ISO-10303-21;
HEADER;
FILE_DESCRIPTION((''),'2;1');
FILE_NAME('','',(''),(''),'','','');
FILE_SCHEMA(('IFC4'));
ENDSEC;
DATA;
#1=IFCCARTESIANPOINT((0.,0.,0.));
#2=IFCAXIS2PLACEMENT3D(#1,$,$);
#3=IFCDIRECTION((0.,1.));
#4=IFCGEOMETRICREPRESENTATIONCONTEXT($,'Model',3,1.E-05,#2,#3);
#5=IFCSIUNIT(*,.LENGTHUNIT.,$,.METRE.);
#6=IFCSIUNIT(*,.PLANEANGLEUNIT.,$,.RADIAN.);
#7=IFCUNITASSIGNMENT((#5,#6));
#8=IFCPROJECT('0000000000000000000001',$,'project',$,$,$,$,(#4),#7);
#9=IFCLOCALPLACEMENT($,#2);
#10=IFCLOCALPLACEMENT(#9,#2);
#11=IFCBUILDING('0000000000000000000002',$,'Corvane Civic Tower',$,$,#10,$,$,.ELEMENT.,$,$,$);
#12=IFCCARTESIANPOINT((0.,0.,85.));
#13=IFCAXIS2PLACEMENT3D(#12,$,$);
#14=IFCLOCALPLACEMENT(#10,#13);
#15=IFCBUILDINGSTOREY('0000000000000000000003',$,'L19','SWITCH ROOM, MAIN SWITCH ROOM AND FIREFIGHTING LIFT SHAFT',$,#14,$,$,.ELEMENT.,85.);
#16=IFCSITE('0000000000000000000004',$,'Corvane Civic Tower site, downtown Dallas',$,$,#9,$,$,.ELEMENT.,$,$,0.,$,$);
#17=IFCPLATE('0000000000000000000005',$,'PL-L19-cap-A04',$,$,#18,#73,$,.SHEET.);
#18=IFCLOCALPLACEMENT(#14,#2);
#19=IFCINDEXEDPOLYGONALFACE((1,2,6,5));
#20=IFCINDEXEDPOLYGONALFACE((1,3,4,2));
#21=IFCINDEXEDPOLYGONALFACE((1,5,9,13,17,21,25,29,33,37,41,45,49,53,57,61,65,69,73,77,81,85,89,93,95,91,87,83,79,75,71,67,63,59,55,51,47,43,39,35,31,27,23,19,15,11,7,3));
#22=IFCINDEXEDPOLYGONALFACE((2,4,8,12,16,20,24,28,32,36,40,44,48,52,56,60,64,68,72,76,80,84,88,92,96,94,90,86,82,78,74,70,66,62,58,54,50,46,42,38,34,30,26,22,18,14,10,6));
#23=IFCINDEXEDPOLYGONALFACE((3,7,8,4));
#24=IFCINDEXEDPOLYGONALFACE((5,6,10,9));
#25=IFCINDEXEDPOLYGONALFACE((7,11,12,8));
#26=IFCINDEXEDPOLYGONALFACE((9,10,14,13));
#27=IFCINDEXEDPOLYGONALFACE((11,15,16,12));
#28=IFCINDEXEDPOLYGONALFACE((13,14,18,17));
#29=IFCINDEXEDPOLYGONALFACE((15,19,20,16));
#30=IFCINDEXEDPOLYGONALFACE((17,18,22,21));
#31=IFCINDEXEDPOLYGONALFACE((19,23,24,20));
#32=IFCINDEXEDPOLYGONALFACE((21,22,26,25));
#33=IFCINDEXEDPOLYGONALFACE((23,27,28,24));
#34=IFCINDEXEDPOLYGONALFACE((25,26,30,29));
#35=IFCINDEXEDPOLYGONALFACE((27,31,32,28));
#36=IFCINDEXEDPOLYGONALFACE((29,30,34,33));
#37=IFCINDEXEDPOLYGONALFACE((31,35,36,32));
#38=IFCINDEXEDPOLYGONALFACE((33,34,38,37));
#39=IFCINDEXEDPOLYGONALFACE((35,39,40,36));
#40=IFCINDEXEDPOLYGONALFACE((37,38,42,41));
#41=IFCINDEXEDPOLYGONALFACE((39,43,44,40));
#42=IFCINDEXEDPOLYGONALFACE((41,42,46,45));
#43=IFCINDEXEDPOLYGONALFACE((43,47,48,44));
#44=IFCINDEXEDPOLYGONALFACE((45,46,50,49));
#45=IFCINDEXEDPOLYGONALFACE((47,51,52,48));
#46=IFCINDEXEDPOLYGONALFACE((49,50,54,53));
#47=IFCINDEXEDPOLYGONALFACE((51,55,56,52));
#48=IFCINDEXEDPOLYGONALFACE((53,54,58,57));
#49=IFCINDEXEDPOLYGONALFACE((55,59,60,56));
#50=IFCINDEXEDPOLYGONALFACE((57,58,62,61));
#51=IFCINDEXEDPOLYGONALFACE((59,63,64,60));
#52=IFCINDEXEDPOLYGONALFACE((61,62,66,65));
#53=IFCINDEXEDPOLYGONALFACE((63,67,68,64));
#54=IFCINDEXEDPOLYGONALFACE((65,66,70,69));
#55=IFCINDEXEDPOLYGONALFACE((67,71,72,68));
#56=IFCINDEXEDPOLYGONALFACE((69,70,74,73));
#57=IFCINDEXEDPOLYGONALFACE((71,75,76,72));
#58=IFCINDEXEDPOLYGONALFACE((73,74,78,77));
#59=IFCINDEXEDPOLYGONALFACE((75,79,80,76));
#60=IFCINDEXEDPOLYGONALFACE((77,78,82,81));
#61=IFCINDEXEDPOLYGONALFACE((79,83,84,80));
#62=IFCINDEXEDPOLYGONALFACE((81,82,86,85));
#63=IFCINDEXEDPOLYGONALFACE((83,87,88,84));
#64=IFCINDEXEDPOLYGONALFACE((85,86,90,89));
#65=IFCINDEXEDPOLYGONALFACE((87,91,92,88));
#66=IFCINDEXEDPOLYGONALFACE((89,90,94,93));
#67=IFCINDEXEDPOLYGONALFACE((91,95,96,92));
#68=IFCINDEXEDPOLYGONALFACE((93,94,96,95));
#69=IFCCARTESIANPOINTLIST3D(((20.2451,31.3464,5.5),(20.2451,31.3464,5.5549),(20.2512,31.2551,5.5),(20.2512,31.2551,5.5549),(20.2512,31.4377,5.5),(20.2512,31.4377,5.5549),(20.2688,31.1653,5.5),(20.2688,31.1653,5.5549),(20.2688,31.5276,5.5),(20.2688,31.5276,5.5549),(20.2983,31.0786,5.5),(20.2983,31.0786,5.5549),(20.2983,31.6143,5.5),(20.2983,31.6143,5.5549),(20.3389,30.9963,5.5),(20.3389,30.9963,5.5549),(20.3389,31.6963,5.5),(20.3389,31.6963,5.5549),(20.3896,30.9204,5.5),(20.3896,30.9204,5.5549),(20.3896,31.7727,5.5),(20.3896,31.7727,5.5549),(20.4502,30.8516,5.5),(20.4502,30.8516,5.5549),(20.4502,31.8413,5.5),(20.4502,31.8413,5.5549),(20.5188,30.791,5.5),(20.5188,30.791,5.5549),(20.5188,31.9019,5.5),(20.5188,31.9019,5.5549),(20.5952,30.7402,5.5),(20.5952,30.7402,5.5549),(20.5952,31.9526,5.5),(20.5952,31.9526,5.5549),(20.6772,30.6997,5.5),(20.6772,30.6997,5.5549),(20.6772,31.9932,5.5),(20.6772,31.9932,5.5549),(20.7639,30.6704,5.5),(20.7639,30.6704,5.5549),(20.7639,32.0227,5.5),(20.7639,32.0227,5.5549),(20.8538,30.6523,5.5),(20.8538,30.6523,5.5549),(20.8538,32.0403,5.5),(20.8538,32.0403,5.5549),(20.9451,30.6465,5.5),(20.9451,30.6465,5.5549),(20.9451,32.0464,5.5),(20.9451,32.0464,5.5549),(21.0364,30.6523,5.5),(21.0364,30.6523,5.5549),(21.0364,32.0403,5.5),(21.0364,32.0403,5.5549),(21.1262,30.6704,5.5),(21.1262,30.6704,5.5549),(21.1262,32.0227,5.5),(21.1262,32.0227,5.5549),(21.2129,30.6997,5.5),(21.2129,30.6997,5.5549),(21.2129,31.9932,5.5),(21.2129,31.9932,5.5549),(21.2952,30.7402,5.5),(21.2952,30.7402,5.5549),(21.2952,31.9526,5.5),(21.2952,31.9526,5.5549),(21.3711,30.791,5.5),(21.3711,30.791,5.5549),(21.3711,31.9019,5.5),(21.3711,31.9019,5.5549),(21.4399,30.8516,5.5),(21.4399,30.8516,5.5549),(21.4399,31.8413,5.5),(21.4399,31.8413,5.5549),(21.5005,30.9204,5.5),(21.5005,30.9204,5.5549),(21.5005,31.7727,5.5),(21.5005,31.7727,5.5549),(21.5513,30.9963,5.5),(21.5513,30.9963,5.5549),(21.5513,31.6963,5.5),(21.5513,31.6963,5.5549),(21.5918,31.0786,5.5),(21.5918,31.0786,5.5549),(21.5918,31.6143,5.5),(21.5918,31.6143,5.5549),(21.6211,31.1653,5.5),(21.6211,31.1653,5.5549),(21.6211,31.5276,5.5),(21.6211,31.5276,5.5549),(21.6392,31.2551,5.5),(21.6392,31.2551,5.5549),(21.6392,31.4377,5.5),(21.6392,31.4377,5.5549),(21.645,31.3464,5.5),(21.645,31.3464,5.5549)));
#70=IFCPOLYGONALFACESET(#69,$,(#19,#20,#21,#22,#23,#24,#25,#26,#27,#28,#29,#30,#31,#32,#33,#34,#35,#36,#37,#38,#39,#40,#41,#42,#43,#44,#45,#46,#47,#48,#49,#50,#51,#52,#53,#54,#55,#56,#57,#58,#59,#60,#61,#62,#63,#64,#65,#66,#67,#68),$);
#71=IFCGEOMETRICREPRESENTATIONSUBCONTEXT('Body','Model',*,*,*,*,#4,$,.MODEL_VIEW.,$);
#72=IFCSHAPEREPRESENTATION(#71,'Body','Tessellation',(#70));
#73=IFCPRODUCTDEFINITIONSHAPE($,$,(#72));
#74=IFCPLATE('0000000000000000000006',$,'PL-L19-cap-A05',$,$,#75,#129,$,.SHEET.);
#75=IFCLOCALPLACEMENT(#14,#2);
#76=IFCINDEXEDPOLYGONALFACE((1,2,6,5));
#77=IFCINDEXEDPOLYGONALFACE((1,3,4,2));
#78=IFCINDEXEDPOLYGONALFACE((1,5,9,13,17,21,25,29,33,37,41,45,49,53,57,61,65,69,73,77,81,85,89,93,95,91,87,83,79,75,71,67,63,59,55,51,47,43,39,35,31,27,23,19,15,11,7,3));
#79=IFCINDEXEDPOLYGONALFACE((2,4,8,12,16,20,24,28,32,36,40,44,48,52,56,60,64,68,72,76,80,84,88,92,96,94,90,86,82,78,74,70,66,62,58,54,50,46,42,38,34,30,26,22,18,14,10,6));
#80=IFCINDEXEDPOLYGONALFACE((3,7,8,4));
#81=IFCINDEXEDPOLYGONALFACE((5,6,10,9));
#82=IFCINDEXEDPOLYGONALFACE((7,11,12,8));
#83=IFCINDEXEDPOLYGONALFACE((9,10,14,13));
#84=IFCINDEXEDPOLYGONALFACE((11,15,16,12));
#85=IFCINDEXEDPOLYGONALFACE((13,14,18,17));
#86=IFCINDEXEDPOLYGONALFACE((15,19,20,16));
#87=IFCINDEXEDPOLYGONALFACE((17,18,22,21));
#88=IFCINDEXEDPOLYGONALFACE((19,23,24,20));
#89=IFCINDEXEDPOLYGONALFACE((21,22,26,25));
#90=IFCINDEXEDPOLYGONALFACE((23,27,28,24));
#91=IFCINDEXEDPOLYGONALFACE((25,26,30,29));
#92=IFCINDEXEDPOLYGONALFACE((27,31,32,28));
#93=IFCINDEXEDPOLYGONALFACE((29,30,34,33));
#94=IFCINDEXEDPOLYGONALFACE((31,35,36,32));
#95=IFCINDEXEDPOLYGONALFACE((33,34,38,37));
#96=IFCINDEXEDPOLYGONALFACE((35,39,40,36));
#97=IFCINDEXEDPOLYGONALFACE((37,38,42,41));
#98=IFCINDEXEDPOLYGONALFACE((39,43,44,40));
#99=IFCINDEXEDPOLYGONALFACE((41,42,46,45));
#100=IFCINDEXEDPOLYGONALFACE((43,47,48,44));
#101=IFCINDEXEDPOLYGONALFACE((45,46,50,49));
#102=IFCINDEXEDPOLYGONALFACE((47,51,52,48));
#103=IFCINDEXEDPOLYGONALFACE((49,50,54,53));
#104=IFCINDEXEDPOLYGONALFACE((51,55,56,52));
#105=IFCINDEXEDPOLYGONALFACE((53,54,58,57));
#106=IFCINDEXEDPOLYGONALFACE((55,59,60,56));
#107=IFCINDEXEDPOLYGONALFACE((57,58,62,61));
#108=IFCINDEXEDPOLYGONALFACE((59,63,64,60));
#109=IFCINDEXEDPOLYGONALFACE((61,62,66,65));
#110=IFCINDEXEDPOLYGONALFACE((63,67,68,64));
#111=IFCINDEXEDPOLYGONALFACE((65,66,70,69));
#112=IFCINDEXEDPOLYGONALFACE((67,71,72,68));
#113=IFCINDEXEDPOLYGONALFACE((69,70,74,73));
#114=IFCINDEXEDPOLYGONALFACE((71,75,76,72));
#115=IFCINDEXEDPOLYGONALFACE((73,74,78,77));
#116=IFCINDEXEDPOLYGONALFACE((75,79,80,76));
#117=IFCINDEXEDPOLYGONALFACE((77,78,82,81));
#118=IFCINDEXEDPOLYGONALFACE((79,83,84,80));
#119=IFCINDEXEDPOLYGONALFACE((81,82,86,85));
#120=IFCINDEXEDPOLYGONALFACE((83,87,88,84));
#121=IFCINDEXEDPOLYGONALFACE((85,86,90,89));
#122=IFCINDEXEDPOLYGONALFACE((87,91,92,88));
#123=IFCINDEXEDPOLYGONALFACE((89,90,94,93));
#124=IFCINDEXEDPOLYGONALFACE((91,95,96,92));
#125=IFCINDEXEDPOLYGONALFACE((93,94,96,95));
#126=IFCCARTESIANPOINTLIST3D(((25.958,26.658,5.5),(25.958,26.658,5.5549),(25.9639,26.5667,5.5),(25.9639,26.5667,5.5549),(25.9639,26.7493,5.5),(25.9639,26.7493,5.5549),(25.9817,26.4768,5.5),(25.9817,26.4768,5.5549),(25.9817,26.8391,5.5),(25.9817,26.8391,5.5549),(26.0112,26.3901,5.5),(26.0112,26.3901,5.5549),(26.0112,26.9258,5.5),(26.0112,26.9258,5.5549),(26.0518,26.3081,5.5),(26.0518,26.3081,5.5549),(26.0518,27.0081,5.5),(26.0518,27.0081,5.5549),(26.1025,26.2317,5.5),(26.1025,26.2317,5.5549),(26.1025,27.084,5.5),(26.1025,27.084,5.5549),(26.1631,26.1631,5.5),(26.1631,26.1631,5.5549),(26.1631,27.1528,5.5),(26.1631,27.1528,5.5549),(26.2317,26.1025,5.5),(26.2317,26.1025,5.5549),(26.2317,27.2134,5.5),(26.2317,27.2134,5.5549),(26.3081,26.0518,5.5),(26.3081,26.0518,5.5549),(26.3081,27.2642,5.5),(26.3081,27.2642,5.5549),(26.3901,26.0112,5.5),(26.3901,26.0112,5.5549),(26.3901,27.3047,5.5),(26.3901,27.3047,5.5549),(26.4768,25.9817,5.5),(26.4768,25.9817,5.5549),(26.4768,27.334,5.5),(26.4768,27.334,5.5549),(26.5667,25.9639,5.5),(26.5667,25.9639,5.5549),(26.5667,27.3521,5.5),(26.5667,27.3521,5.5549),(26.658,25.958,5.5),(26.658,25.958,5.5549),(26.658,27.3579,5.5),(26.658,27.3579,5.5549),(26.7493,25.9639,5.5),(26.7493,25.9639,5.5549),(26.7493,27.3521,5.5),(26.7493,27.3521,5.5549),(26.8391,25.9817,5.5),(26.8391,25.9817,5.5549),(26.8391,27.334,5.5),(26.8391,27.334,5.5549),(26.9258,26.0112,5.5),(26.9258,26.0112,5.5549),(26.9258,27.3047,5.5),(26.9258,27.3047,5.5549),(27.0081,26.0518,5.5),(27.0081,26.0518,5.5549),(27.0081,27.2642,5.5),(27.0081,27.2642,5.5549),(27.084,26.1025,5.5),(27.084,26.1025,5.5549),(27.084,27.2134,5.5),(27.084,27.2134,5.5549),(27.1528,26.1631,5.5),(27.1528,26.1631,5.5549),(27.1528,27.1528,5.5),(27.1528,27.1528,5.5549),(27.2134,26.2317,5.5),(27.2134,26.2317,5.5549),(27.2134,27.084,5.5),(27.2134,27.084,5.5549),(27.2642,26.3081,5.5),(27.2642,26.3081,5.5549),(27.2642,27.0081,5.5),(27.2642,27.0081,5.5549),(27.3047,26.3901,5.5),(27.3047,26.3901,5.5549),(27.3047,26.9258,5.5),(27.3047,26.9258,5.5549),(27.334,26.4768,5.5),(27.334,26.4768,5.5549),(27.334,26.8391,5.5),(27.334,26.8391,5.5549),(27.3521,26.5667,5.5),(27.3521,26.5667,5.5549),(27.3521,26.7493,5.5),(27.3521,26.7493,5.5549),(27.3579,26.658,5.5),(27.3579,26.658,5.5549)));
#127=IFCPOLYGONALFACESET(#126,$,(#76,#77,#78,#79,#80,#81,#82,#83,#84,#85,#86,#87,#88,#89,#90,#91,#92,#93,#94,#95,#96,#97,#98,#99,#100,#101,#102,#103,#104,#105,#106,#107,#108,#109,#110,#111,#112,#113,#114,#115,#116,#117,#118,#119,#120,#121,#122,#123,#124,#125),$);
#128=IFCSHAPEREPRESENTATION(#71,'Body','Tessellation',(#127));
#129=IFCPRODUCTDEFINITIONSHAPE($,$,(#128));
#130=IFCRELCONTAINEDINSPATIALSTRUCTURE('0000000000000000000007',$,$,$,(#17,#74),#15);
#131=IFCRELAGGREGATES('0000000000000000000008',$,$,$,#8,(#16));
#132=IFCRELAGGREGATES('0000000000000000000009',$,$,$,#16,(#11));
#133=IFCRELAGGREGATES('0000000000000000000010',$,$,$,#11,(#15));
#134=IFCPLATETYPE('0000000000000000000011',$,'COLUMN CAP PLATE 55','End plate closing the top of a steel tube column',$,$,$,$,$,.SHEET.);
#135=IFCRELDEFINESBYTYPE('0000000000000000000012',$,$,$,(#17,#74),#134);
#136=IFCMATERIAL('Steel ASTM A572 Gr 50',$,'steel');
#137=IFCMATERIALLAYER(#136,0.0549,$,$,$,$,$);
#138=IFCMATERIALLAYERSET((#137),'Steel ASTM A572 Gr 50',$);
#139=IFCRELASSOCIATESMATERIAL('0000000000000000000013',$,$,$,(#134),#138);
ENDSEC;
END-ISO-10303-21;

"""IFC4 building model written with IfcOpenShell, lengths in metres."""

from ifc_helpers import new_model, si_unit, direction, frame, origin, place, context, subcontext, project, spatial, polyline, outline, extrude, material, layer, layer_set, type_object, element, save


model = new_model("IFC4")

# Units and contexts
model_context = context("Model", 3, precision=1e-05, world=origin(), true_north=direction((0.0, 1.0)))
body_context = subcontext(model_context, "Body", "Model", "MODEL_VIEW")
ifc_project = project(units=[si_unit("LENGTHUNIT", "METRE"), si_unit("PLANEANGLEUNIT", "RADIAN")], contexts=[model_context])

# Site, building, storey
site_placement = place(None, origin())
site = spatial("IfcSite", under=ifc_project, at=site_placement, Name="Corvane Civic Tower site, downtown Dallas", CompositionType="ELEMENT", RefElevation=0.0)
building_placement = place(site_placement, origin())
building = spatial("IfcBuilding", under=site, at=building_placement, Name="Corvane Civic Tower", CompositionType="ELEMENT")
storey_placement = place(building_placement, frame((0.0, 0.0, 85.0)))
storey = spatial("IfcBuildingStorey", under=building, at=storey_placement, Name="L19", Description="SWITCH ROOM, MAIN SWITCH ROOM AND FIREFIGHTING LIFT SHAFT", CompositionType="ELEMENT", Elevation=85.0)

# Plates
ifc_material_1 = material(Name="Steel ASTM A572 Gr 50", Category="steel")
ifc_layer_1 = layer(ifc_material_1, 0.0549)
ifc_layer_set_1 = layer_set([ifc_layer_1], Name="Steel ASTM A572 Gr 50")
plate_type = type_object("IfcPlateType", Name="COLUMN CAP PLATE 55", Description="End plate closing the top of a steel tube column", PredefinedType="SHEET", material=ifc_layer_set_1)
plate_1_placement = place(storey_placement, frame((0.0, 0.0, 5.5)))
element("IfcPlate", 1, at=plate_1_placement, inside=storey, type_object=plate_type, Name="PL-L19-cap-A04", PredefinedType="SHEET", context=body_context, shape_type="SweptSolid", body=[
    extrude(outline(polyline([(21.645, 31.3464), (21.6392, 31.4377), (21.6211, 31.5276), (21.5918, 31.6143), (21.5513, 31.6963), (21.5005, 31.7727), (21.4399, 31.8413), (21.3711, 31.9019), (21.2952, 31.9526), (21.2129, 31.9932), (21.1262, 32.0227), (21.0364, 32.0403), (20.9451, 32.0464), (20.8538, 32.0403), (20.7639, 32.0227), (20.6772, 31.9932), (20.5952, 31.9526), (20.5188, 31.9019), (20.4502, 31.8413), (20.3896, 31.7727), (20.3389, 31.6963), (20.2983, 31.6143), (20.2688, 31.5276), (20.2512, 31.4377), (20.2451, 31.3464), (20.2512, 31.2551), (20.2688, 31.1653), (20.2983, 31.0786), (20.3389, 30.9963), (20.3896, 30.9204), (20.4502, 30.8516), (20.5188, 30.791), (20.5952, 30.7402), (20.6772, 30.6997), (20.7639, 30.6704), (20.8538, 30.6523), (20.9451, 30.6465), (21.0364, 30.6523), (21.1262, 30.6704), (21.2129, 30.6997), (21.2952, 30.7402), (21.3711, 30.791), (21.4399, 30.8516), (21.5005, 30.9204), (21.5513, 30.9963), (21.5918, 31.0786), (21.6211, 31.1653), (21.6392, 31.2551), (21.645, 31.3464)])), origin(), (0.0, 0.0, 1.0), 0.0549),
])
plate_2_placement = place(storey_placement, frame((0.0, 0.0, 5.5)))
element("IfcPlate", 2, at=plate_2_placement, inside=storey, type_object=plate_type, Name="PL-L19-cap-A05", PredefinedType="SHEET", context=body_context, shape_type="SweptSolid", body=[
    extrude(outline(polyline([(27.3579, 26.658), (27.3521, 26.7493), (27.334, 26.8391), (27.3047, 26.9258), (27.2642, 27.0081), (27.2134, 27.084), (27.1528, 27.1528), (27.084, 27.2134), (27.0081, 27.2642), (26.9258, 27.3047), (26.8391, 27.334), (26.7493, 27.3521), (26.658, 27.3579), (26.5667, 27.3521), (26.4768, 27.334), (26.3901, 27.3047), (26.3081, 27.2642), (26.2317, 27.2134), (26.1631, 27.1528), (26.1025, 27.084), (26.0518, 27.0081), (26.0112, 26.9258), (25.9817, 26.8391), (25.9639, 26.7493), (25.958, 26.658), (25.9639, 26.5667), (25.9817, 26.4768), (26.0112, 26.3901), (26.0518, 26.3081), (26.1025, 26.2317), (26.1631, 26.1631), (26.2317, 26.1025), (26.3081, 26.0518), (26.3901, 26.0112), (26.4768, 25.9817), (26.5667, 25.9639), (26.658, 25.958), (26.7493, 25.9639), (26.8391, 25.9817), (26.9258, 26.0112), (27.0081, 26.0518), (27.084, 26.1025), (27.1528, 26.1631), (27.2134, 26.2317), (27.2642, 26.3081), (27.3047, 26.3901), (27.334, 26.4768), (27.3521, 26.5667), (27.3579, 26.658)])), origin(), (0.0, 0.0, 1.0), 0.0549),
])

save(model, "model.ifc")
